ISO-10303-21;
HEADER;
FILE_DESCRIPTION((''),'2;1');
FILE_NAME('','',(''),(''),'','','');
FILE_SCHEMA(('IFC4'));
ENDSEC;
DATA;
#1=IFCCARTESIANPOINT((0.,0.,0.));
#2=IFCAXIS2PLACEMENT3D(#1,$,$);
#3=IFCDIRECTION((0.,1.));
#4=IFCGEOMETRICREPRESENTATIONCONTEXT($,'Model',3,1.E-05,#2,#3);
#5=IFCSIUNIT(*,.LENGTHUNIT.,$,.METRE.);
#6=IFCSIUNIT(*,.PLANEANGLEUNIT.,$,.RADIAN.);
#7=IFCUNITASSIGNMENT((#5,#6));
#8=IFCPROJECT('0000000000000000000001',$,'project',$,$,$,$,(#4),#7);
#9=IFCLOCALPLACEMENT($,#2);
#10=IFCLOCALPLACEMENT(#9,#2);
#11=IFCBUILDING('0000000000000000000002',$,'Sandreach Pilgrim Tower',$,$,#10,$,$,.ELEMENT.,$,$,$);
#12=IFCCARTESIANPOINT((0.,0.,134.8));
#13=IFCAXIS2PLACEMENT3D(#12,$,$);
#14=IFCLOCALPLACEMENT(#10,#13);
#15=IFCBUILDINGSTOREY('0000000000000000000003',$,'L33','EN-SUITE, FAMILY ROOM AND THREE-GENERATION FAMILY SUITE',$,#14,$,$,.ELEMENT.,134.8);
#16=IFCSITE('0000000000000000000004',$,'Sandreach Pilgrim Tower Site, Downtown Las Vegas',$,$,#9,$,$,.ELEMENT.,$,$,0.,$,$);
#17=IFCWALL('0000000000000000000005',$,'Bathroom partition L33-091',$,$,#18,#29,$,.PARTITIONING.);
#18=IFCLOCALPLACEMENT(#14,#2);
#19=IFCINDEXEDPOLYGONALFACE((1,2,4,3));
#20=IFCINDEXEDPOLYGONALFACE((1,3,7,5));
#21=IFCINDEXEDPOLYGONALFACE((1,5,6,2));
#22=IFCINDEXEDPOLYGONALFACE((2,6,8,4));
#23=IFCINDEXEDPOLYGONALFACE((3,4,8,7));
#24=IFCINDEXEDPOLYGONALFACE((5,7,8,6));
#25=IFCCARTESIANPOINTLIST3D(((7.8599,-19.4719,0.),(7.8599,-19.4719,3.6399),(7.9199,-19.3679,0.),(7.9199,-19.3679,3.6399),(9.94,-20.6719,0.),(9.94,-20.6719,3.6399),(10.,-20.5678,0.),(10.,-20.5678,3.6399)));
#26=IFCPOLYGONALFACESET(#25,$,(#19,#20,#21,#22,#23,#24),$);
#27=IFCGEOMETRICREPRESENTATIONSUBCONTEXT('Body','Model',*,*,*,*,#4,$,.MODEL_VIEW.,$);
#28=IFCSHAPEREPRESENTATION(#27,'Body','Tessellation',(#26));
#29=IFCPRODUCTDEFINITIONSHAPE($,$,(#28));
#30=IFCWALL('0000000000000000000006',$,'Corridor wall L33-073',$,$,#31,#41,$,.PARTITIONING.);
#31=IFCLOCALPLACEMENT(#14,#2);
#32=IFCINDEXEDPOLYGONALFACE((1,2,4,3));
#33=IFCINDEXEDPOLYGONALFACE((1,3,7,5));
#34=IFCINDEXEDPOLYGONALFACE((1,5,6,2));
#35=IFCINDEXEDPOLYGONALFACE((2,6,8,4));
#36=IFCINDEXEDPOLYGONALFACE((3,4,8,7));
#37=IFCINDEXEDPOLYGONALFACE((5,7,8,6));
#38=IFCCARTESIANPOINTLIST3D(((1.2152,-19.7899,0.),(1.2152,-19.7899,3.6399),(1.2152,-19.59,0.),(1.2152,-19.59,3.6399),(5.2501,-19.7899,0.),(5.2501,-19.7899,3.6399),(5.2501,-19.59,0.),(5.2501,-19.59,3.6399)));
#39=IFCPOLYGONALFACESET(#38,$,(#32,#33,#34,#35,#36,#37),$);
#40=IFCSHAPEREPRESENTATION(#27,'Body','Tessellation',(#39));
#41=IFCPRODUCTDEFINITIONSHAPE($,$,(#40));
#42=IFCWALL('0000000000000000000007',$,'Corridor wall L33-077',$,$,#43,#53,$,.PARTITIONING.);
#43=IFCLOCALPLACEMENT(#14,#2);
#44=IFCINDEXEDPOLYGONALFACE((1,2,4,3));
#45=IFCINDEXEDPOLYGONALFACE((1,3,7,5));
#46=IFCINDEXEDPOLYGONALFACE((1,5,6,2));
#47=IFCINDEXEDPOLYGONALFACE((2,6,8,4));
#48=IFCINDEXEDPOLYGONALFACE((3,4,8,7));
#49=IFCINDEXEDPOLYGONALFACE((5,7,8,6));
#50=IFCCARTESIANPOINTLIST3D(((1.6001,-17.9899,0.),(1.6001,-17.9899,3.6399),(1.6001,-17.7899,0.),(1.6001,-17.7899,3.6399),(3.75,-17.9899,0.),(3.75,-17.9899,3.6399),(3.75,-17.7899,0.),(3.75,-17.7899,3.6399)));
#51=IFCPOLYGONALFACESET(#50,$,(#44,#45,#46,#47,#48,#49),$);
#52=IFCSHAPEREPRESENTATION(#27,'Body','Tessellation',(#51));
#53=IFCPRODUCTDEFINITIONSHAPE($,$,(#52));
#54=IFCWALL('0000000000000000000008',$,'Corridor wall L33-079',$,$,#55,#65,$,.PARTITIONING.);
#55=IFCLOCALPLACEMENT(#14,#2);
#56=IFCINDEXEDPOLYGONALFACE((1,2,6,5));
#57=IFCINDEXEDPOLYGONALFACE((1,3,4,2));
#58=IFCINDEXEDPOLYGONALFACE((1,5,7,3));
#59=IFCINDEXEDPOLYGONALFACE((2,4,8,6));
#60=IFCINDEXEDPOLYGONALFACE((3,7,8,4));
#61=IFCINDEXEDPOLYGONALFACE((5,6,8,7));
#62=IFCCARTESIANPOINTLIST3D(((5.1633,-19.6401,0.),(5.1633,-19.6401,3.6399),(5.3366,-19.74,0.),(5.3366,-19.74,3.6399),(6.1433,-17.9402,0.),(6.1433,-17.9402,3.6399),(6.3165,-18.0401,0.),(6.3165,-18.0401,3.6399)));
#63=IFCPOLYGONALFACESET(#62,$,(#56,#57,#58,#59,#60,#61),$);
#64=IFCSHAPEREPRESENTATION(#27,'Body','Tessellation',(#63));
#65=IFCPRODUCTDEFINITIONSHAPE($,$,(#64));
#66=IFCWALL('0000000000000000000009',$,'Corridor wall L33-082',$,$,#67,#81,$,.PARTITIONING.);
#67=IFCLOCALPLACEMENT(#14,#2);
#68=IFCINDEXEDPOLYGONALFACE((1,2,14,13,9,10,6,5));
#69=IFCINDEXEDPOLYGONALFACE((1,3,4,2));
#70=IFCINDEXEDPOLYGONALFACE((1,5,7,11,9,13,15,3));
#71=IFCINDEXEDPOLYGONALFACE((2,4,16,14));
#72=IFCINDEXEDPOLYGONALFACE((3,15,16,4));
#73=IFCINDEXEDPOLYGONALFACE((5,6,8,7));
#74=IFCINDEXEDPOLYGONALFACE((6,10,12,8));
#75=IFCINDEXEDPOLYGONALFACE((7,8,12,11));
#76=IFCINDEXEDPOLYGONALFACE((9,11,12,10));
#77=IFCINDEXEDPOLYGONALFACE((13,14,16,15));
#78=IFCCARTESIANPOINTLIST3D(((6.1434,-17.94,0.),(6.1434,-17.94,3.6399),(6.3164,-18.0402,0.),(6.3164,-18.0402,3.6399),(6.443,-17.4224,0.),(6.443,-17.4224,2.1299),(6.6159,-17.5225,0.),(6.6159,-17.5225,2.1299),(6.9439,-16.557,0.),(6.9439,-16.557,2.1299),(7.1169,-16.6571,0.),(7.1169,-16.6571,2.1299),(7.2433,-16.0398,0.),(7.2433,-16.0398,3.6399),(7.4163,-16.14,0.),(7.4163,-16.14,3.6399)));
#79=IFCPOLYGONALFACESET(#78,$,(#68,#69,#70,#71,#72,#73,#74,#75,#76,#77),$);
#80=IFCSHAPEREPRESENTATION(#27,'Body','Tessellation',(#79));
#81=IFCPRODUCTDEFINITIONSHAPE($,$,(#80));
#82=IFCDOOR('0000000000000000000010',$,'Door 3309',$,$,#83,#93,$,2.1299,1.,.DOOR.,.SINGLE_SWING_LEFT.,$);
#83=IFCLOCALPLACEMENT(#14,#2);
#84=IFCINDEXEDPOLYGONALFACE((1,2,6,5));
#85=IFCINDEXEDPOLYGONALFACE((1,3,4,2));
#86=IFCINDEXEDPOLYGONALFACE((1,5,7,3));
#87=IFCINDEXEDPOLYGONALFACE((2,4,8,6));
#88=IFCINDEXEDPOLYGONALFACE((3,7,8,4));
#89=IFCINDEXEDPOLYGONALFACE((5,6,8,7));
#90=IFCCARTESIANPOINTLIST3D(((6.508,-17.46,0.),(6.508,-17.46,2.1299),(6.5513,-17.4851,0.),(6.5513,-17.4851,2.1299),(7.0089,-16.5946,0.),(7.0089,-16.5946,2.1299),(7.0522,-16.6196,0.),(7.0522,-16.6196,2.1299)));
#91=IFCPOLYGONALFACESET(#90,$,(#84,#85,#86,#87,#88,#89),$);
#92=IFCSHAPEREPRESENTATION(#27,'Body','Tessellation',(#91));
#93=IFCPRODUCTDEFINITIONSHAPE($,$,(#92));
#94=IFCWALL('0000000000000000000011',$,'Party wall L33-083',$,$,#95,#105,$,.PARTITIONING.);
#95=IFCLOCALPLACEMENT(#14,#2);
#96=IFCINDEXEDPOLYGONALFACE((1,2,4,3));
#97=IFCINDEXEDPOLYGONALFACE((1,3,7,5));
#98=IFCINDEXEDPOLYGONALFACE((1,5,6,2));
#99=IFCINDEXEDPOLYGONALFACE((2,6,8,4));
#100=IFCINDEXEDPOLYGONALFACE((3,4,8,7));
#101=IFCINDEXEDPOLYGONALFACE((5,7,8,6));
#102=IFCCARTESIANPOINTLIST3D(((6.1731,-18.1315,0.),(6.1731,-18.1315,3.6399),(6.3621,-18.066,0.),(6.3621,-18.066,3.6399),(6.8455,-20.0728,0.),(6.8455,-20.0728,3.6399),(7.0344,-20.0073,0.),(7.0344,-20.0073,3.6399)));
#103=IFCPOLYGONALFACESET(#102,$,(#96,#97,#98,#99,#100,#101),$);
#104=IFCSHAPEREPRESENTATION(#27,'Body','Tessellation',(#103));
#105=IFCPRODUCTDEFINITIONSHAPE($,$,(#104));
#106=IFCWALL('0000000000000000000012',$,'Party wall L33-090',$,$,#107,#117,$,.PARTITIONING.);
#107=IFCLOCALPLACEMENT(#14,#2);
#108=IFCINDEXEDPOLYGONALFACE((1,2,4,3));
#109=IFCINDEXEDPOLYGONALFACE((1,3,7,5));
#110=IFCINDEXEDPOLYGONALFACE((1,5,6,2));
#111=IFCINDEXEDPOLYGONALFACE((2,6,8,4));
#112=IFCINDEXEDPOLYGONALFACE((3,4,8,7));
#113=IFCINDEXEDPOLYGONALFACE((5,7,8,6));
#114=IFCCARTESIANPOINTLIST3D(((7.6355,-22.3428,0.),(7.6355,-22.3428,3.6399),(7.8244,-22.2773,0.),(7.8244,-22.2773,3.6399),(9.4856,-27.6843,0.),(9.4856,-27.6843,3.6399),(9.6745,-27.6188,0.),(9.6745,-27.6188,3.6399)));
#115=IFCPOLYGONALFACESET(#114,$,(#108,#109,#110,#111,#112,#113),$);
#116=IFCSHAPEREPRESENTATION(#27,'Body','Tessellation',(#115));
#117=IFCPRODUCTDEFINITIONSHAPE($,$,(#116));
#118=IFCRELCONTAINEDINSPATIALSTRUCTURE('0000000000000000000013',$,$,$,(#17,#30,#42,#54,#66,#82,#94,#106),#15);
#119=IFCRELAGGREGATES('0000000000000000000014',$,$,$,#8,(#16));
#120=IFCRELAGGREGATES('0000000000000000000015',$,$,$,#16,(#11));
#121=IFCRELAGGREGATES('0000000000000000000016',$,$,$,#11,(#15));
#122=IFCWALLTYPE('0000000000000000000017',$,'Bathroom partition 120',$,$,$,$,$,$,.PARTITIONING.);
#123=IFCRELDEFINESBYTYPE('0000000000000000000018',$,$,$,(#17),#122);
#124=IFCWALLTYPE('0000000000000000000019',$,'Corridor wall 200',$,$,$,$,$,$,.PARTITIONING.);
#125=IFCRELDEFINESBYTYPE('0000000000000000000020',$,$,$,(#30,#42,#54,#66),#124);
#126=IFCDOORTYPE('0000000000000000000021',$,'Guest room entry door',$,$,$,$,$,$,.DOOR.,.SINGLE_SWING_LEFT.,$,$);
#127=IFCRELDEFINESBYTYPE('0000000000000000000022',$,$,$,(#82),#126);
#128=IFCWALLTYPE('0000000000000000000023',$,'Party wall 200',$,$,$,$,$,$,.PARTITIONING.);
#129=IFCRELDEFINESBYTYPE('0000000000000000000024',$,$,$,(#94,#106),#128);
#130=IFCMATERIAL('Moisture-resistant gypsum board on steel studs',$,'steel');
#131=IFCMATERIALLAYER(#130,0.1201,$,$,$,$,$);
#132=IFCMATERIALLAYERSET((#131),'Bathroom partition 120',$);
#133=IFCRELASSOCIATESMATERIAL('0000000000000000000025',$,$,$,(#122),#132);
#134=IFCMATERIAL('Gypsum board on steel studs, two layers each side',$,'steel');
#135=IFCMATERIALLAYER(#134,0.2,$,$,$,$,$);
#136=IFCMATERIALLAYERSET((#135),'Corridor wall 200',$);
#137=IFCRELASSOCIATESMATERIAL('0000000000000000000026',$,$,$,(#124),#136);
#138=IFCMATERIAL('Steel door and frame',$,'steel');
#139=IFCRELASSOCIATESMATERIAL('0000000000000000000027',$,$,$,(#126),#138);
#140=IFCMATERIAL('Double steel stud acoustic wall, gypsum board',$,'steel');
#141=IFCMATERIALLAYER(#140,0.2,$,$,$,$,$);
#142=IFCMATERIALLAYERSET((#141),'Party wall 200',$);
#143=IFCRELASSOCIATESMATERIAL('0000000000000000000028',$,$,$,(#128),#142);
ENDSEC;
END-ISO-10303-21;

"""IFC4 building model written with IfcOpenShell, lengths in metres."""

from ifc_helpers import new_model, si_unit, direction, frame, frame_2d, origin, place, context, subcontext, project, spatial, rectangle, extrude, material, layer, layer_set, type_object, element, fill, save


model = new_model("IFC4")

# Units and contexts
model_context = context("Model", 3, precision=1e-05, world=origin(), true_north=direction((0.0, 1.0)))
body_context = subcontext(model_context, "Body", "Model", "MODEL_VIEW")
ifc_project = project(units=[si_unit("LENGTHUNIT", "METRE"), si_unit("PLANEANGLEUNIT", "RADIAN")], contexts=[model_context])

# Site, building, storey
site_placement = place(None, origin())
site = spatial("IfcSite", under=ifc_project, at=site_placement, Name="Sandreach Pilgrim Tower Site, Downtown Las Vegas", CompositionType="ELEMENT", RefElevation=0.0)
building_placement = place(site_placement, origin())
building = spatial("IfcBuilding", under=site, at=building_placement, Name="Sandreach Pilgrim Tower", CompositionType="ELEMENT")
storey_placement = place(building_placement, frame((0.0, 0.0, 134.8)))
storey = spatial("IfcBuildingStorey", under=building, at=storey_placement, Name="L33", Description="EN-SUITE, FAMILY ROOM AND THREE-GENERATION FAMILY SUITE", CompositionType="ELEMENT", Elevation=134.8)

# Shared definitions
ifc_material_1 = material(Name="Moisture-resistant gypsum board on steel studs", Category="steel")
ifc_layer_1 = layer(ifc_material_1, 0.1201)
ifc_layer_set_1 = layer_set([ifc_layer_1], Name="Bathroom partition 120")
wall_type_1 = type_object("IfcWallType", Name="Bathroom partition 120", PredefinedType="PARTITIONING", material=ifc_layer_set_1)

# Wall
wall_1_placement = place(storey_placement, frame((7.8899, -19.4199, 0.0), z_axis=(0.0, 0.0, 1.0), x_axis=(0.866203, -0.499693, 0.0)))
element("IfcWall", 1, at=wall_1_placement, inside=storey, type_object=wall_type_1, Name="Bathroom partition L33-091", PredefinedType="PARTITIONING", context=body_context, shape_type="SweptSolid", body=[
    extrude(rectangle(XDim=2.4014, YDim=0.1201, at=frame_2d((1.2007, 0.0))), origin(), (0.0, 0.0, 1.0), 3.6399),
])

# Shared definitions
ifc_material_2 = material(Name="Gypsum board on steel studs, two layers each side", Category="steel")
ifc_layer_2 = layer(ifc_material_2, 0.2)
ifc_layer_set_2 = layer_set([ifc_layer_2], Name="Corridor wall 200")
wall_type_2 = type_object("IfcWallType", Name="Corridor wall 200", PredefinedType="PARTITIONING", material=ifc_layer_set_2)
ifc_material_3 = material(Name="Steel door and frame", Category="steel")
door_type_1 = type_object("IfcDoorType", Name="Guest room entry door", OperationType="SINGLE_SWING_LEFT", PredefinedType="DOOR", material=ifc_material_3)

# Wall
wall_2_placement = place(storey_placement, frame((1.2151, -19.6899, 0.0), z_axis=(0.0, 0.0, 1.0), x_axis=(1.0, 0.0, 0.0)))
element("IfcWall", 2, at=wall_2_placement, inside=storey, type_object=wall_type_2, Name="Corridor wall L33-073", PredefinedType="PARTITIONING", context=body_context, shape_type="SweptSolid", body=[
    extrude(rectangle(XDim=4.0349, YDim=0.2, at=frame_2d((2.0176, 0.0))), origin(), (0.0, 0.0, 1.0), 3.6399),
])

# Walls
wall_3_placement = place(storey_placement, frame((3.75, -17.8899, 0.0), z_axis=(0.0, 0.0, 1.0), x_axis=(-1.0, 0.0, 0.0)))
element("IfcWall", 3, at=wall_3_placement, inside=storey, type_object=wall_type_2, Name="Corridor wall L33-077", PredefinedType="PARTITIONING", context=body_context, shape_type="SweptSolid", body=[
    extrude(rectangle(XDim=2.1499, YDim=0.2, at=frame_2d((1.075, 0.0))), origin(), (0.0, 0.0, 1.0), 3.6399),
])
wall_4_placement = place(storey_placement, frame((5.25, -19.6899, 0.0), z_axis=(0.0, 0.0, 1.0), x_axis=(0.499432, 0.866353, 0.0)))
element("IfcWall", 4, at=wall_4_placement, inside=storey, type_object=wall_type_2, Name="Corridor wall L33-079", PredefinedType="PARTITIONING", context=body_context, shape_type="SweptSolid", body=[
    extrude(rectangle(XDim=1.9622, YDim=0.2, at=frame_2d((0.981, 0.0))), origin(), (0.0, 0.0, 1.0), 3.6399),
])

# Wall, opening, door
wall_5_placement = place(storey_placement, frame((6.23, -17.99, 0.0), z_axis=(0.0, 0.0, 1.0), x_axis=(0.500957, 0.865472, 0.0)))
wall_5 = element("IfcWall", 5, at=wall_5_placement, inside=storey, type_object=wall_type_2, Name="Corridor wall L33-082", PredefinedType="PARTITIONING", context=body_context, shape_type="SweptSolid", body=[
    extrude(rectangle(XDim=2.1956, YDim=0.2, at=frame_2d((1.0977, 0.0))), origin(), (0.0, 0.0, 1.0), 3.6399),
])
opening_1_placement = place(wall_5_placement, frame((0.5979, 0.0, 0.0)))
opening_1 = element("IfcOpeningElement", 6, at=opening_1_placement, cuts=wall_5, PredefinedType="OPENING", context=body_context, shape_type="SweptSolid", body=[
    extrude(rectangle(XDim=1.0, YDim=2.1299, at=frame_2d((0.5, 1.0649))), frame((0.0, 0.1001, 0.0), z_axis=(0.0, -1.0, 0.0), x_axis=(1.0, 0.0, 0.0)), (0.0, 0.0, 1.0), 0.2),
])
door_1_placement = place(opening_1_placement, origin())
door_1 = element("IfcDoor", 7, at=door_1_placement, inside=storey, type_object=door_type_1, Name="Door 3309", OperationType="SINGLE_SWING_LEFT", OverallHeight=2.1299, OverallWidth=1.0, PredefinedType="DOOR", context=body_context, shape_type="SweptSolid", body=[
    extrude(rectangle(XDim=1.0, YDim=2.1299, at=frame_2d((0.5, 1.0649))), frame((0.0, 0.0249, 0.0), z_axis=(0.0, -1.0, 0.0), x_axis=(1.0, 0.0, 0.0)), (0.0, 0.0, 1.0), 0.05),
])
fill(opening_1, door_1)

# Walls
ifc_material_4 = material(Name="Double steel stud acoustic wall, gypsum board", Category="steel")
ifc_layer_3 = layer(ifc_material_4, 0.2)
ifc_layer_set_3 = layer_set([ifc_layer_3], Name="Party wall 200")
wall_type_3 = type_object("IfcWallType", Name="Party wall 200", PredefinedType="PARTITIONING", material=ifc_layer_set_3)
wall_6_placement = place(storey_placement, frame((6.2676, -18.0986, 0.0), z_axis=(0.0, 0.0, 1.0), x_axis=(0.327257, -0.944935, 0.0)))
element("IfcWall", 8, at=wall_6_placement, inside=storey, type_object=wall_type_3, Name="Party wall L33-083", PredefinedType="PARTITIONING", context=body_context, shape_type="SweptSolid", body=[
    extrude(rectangle(XDim=2.0544, YDim=0.2, at=frame_2d((1.0273, 0.0))), origin(), (0.0, 0.0, 1.0), 3.6399),
])
wall_7_placement = place(storey_placement, frame((7.73, -22.3101, 0.0), z_axis=(0.0, 0.0, 1.0), x_axis=(0.327284, -0.944926, 0.0)))
element("IfcWall", 9, at=wall_7_placement, inside=storey, type_object=wall_type_3, Name="Party wall L33-090", PredefinedType="PARTITIONING", context=body_context, shape_type="SweptSolid", body=[
    extrude(rectangle(XDim=5.6528, YDim=0.2, at=frame_2d((2.8264, 0.0))), origin(), (0.0, 0.0, 1.0), 3.6399),
])

save(model, "model.ifc")
